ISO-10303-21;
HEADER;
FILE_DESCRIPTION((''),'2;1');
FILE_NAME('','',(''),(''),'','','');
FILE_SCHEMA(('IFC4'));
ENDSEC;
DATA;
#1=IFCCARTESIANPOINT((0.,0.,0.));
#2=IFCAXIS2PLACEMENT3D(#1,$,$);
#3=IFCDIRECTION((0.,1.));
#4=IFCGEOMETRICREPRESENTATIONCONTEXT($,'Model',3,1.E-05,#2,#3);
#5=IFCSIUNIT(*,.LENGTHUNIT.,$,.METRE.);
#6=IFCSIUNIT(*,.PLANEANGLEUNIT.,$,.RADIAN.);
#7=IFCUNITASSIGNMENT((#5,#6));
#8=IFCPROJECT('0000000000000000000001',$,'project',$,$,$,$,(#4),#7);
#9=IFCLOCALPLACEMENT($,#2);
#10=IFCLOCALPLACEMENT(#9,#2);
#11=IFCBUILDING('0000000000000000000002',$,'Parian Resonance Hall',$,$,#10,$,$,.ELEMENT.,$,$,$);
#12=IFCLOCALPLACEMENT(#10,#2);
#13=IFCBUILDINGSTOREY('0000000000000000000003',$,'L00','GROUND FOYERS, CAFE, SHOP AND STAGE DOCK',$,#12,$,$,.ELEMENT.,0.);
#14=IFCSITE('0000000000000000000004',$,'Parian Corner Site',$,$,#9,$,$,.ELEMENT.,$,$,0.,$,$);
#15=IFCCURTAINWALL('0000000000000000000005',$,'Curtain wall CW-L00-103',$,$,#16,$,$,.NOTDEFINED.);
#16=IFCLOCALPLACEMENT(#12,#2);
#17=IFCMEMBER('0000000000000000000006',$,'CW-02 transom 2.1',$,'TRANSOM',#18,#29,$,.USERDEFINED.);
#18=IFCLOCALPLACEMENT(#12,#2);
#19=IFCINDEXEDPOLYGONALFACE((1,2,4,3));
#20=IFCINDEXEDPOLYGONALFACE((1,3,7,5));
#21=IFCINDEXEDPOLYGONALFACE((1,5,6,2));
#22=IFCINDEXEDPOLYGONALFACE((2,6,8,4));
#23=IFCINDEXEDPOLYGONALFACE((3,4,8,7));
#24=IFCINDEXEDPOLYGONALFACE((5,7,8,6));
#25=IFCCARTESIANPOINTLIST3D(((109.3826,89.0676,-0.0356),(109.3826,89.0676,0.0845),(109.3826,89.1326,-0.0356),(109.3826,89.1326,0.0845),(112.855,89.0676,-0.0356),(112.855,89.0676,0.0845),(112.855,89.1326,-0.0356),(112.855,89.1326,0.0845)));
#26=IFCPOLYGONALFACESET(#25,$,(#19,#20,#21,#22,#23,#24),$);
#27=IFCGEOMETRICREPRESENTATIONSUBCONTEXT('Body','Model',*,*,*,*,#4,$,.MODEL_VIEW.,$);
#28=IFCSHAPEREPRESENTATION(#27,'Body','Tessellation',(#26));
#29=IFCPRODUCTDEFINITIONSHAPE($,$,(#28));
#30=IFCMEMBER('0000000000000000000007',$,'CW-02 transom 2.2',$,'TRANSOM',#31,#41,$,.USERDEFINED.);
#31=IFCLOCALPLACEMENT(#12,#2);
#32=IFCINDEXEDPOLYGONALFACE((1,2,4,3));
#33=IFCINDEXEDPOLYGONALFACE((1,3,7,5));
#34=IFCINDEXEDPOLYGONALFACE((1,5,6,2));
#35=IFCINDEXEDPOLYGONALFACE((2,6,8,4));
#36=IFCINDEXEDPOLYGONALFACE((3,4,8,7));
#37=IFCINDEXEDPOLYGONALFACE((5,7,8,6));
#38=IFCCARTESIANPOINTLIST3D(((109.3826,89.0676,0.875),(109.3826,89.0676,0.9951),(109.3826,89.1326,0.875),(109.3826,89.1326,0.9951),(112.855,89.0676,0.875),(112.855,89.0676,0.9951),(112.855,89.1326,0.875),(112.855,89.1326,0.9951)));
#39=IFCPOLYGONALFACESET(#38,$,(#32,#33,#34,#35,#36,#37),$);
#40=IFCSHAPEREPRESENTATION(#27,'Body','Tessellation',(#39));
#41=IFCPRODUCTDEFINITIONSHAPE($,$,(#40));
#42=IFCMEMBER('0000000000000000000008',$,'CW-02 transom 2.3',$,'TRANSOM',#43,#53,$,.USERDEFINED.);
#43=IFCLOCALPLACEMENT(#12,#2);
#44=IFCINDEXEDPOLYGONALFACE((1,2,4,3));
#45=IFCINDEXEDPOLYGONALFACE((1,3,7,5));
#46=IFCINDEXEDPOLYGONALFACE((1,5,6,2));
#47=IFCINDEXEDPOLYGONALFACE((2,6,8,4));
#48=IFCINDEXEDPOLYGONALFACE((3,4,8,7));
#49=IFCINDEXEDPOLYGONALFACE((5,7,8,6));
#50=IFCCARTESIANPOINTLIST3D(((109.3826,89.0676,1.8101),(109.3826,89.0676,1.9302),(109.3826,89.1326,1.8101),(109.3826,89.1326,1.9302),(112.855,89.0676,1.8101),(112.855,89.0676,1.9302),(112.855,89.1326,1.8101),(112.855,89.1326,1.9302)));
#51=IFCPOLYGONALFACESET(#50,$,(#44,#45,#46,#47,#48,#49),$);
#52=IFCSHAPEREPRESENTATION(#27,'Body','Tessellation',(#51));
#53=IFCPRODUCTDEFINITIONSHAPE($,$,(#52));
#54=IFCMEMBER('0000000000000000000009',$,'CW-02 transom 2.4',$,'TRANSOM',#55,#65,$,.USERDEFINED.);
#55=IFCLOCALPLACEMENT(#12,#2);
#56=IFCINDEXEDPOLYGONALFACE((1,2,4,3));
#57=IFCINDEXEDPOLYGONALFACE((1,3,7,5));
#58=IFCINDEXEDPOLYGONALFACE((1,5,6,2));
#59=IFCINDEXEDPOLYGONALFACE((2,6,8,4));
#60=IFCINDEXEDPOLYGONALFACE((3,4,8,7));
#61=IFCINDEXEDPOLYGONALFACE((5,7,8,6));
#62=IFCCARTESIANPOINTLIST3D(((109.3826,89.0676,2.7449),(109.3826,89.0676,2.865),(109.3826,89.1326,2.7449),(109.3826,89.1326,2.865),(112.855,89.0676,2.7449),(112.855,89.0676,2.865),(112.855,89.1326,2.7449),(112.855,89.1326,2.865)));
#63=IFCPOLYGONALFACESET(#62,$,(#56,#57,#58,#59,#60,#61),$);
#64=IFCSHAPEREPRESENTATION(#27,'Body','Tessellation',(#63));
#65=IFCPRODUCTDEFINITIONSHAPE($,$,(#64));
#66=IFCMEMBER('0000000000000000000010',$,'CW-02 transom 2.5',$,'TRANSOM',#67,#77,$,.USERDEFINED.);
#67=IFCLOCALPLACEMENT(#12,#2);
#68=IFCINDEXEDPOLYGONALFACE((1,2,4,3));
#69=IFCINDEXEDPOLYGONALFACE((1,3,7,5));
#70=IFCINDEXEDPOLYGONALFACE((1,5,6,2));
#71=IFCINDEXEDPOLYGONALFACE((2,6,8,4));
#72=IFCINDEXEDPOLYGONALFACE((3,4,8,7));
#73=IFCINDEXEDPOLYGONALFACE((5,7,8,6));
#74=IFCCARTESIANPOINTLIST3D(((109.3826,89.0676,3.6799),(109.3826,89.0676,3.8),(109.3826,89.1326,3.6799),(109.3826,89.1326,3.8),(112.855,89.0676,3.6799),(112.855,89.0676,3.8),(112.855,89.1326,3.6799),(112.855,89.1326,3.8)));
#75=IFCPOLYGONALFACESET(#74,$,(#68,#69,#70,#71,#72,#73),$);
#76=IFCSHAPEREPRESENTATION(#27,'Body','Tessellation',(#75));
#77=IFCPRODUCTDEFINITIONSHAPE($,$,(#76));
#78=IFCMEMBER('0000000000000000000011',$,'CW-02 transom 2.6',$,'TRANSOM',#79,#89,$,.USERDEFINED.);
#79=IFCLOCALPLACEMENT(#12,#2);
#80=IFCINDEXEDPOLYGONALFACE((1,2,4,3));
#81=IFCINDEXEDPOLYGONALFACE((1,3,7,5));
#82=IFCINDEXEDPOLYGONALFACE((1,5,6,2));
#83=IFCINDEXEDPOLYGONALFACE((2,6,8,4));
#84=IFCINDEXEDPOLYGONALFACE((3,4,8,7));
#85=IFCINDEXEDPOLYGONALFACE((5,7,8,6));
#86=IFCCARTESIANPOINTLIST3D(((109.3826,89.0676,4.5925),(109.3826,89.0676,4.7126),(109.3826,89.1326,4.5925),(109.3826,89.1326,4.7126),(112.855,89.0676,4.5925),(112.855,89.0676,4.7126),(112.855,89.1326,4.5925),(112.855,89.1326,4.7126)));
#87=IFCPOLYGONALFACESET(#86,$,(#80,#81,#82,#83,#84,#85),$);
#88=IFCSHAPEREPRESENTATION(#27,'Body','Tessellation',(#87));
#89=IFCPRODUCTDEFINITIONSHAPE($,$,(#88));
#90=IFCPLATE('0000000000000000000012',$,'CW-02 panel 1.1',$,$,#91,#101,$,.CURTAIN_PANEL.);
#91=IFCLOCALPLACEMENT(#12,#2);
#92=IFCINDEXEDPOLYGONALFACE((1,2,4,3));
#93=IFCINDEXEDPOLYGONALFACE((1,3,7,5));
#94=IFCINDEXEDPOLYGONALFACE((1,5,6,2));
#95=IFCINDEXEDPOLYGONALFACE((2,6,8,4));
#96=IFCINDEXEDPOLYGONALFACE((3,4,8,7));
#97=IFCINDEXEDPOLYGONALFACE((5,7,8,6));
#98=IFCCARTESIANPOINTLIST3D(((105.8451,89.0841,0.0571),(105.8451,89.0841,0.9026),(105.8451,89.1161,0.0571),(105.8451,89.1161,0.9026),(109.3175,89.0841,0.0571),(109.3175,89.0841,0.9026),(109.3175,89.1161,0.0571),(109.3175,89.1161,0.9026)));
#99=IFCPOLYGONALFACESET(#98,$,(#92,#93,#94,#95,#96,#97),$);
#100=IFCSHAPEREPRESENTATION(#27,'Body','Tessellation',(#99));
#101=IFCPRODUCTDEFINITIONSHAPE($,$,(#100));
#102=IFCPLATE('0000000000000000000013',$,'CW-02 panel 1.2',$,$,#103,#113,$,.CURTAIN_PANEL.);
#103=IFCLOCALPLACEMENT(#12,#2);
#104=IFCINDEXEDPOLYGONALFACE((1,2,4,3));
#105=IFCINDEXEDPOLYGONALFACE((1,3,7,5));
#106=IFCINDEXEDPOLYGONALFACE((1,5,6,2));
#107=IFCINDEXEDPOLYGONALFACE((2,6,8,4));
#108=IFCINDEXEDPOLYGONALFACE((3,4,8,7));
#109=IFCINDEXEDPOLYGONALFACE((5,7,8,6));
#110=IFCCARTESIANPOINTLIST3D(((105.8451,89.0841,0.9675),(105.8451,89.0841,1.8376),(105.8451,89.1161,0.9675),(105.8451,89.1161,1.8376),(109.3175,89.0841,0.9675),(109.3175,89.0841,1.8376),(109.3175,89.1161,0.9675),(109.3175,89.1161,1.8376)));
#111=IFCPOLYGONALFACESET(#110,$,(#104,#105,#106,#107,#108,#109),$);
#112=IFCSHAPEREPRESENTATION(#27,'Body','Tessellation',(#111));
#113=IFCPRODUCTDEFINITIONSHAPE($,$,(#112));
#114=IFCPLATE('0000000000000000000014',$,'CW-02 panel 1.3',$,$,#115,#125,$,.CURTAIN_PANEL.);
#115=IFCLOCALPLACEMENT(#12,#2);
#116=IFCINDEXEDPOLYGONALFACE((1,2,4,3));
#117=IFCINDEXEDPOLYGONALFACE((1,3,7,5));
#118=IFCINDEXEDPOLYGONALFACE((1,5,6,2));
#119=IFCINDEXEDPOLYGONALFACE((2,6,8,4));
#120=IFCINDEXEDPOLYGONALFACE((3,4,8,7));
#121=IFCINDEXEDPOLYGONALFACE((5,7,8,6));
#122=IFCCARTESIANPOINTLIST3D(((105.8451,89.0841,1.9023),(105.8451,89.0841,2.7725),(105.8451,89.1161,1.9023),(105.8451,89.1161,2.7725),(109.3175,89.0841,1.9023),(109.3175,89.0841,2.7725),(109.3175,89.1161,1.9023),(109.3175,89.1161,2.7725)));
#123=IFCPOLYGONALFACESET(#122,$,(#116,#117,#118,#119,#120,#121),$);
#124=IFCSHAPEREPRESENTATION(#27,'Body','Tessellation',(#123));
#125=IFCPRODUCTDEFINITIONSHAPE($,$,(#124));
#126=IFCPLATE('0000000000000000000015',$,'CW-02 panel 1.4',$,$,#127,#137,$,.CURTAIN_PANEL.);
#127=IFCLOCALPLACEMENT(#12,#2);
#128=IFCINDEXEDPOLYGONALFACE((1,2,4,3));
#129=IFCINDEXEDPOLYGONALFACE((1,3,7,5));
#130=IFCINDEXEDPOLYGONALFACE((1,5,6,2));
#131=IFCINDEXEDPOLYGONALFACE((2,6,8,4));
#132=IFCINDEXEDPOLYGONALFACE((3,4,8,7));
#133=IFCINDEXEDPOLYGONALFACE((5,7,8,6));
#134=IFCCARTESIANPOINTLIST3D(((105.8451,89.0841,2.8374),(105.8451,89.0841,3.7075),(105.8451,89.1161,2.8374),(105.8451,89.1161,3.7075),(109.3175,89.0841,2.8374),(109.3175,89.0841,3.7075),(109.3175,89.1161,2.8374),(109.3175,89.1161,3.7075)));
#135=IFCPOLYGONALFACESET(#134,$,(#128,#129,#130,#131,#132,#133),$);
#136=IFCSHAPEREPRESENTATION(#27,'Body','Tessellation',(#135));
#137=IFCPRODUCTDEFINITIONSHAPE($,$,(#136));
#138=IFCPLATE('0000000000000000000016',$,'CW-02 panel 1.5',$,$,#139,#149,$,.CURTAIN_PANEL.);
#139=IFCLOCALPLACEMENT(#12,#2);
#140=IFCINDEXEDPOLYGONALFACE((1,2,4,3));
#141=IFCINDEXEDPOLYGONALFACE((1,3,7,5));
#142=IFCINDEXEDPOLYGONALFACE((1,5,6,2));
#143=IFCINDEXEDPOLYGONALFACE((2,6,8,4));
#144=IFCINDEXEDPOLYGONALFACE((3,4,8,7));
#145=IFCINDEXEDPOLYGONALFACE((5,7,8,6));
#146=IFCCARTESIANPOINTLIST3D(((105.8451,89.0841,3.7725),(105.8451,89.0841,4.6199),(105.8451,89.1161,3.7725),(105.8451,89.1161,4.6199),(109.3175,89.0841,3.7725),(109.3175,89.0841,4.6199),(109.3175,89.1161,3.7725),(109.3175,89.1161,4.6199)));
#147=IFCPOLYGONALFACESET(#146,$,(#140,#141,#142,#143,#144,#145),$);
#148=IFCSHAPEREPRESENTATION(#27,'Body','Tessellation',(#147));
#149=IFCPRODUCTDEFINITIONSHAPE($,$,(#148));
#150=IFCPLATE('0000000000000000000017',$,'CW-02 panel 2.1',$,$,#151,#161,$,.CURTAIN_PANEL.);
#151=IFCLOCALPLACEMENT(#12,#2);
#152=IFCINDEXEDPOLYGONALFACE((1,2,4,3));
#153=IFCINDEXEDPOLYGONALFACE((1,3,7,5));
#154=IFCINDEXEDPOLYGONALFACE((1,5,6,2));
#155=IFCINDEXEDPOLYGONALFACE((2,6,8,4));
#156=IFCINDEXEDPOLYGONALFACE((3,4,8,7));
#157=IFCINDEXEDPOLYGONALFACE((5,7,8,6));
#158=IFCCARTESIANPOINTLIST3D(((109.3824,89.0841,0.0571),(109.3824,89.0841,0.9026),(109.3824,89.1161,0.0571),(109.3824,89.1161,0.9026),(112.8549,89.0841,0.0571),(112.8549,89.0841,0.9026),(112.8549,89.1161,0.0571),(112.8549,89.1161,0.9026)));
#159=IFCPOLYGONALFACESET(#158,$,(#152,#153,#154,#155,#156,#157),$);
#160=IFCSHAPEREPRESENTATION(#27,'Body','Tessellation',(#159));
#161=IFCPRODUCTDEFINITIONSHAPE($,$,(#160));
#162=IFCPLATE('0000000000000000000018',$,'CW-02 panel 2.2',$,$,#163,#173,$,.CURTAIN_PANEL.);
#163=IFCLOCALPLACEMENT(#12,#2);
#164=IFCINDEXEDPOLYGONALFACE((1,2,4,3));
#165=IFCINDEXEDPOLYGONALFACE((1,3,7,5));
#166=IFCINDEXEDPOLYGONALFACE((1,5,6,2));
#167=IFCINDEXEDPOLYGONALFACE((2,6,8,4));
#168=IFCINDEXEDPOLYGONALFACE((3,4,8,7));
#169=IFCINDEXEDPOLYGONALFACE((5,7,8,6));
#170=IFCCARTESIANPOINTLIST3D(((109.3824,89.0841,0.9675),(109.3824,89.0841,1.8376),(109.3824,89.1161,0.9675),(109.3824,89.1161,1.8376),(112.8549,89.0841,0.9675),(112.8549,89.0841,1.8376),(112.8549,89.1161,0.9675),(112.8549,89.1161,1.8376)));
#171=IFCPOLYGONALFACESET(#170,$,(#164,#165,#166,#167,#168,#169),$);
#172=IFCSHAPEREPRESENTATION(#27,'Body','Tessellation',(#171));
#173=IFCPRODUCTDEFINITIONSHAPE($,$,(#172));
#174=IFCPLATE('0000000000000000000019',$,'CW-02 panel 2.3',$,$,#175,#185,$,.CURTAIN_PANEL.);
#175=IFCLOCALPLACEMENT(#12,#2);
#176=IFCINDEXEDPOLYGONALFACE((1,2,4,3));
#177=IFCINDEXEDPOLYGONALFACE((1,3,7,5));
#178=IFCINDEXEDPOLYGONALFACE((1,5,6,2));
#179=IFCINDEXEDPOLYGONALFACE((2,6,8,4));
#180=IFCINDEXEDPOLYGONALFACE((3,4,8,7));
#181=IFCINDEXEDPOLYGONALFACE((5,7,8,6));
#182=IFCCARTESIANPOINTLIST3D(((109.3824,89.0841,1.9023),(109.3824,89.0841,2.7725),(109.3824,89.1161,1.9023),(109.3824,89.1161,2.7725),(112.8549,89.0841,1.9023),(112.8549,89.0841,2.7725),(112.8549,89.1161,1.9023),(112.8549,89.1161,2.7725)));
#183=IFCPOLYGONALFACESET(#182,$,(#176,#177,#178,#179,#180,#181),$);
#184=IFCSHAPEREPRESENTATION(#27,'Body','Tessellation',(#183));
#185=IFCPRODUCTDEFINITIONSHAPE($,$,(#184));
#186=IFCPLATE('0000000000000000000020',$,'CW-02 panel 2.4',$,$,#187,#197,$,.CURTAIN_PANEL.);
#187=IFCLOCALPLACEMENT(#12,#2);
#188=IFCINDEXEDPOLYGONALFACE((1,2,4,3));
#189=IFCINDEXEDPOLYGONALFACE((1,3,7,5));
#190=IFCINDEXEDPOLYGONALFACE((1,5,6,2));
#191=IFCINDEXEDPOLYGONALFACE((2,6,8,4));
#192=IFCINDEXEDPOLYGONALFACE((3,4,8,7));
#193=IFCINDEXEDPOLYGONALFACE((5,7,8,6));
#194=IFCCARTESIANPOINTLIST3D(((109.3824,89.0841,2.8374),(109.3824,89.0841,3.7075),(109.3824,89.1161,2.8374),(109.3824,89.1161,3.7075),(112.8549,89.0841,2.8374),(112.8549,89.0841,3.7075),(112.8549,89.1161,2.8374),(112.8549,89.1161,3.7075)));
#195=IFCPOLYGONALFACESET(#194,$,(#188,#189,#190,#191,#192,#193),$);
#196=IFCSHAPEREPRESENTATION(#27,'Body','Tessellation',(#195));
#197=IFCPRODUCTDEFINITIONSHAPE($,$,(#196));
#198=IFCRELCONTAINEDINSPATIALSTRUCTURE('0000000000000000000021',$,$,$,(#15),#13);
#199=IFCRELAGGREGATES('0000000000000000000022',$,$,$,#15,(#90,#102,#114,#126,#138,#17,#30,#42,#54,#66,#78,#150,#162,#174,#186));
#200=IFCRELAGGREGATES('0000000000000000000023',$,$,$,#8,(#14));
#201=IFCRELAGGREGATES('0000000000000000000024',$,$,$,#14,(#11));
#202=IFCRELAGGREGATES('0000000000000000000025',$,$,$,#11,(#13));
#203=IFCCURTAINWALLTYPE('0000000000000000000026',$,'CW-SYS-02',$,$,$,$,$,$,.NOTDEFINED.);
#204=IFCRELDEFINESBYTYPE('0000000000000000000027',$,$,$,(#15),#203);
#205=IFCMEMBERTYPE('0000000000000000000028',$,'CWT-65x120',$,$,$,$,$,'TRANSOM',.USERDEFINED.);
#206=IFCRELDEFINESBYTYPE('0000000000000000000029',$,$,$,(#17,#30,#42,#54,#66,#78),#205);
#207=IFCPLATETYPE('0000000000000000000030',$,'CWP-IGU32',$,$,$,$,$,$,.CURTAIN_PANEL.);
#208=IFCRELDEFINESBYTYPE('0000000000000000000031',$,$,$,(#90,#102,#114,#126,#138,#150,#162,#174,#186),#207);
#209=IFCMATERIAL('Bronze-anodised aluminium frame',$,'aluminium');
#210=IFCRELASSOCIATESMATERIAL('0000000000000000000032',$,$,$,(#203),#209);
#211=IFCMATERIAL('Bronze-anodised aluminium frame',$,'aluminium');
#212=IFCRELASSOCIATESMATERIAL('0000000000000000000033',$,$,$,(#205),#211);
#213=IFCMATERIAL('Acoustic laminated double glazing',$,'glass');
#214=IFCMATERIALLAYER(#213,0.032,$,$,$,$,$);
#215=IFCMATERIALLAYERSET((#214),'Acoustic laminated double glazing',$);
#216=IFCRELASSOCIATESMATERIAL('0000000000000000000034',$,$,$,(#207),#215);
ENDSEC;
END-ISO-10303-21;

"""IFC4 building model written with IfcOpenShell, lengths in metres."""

from ifc_helpers import new_model, si_unit, direction, frame, origin, origin_2d, place, context, subcontext, project, spatial, rectangle, extrude, material, layer, layer_set, material_profile, profile_set, type_object, element, aggregate, save


model = new_model("IFC4")

# Units and contexts
model_context = context("Model", 3, precision=1e-05, world=origin(), true_north=direction((0.0, 1.0)))
body_context = subcontext(model_context, "Body", "Model", "MODEL_VIEW")
ifc_project = project(units=[si_unit("LENGTHUNIT", "METRE"), si_unit("PLANEANGLEUNIT", "RADIAN")], contexts=[model_context])

# Site, building, storey
site_placement = place(None, origin())
site = spatial("IfcSite", under=ifc_project, at=site_placement, Name="Parian Corner Site", CompositionType="ELEMENT", RefElevation=0.0)
building_placement = place(site_placement, origin())
building = spatial("IfcBuilding", under=site, at=building_placement, Name="Parian Resonance Hall", CompositionType="ELEMENT")
storey_placement = place(building_placement, origin())
storey = spatial("IfcBuildingStorey", under=building, at=storey_placement, Name="L00", Description="GROUND FOYERS, CAFE, SHOP AND STAGE DOCK", CompositionType="ELEMENT", Elevation=0.0)

# Curtain wall, members, plates
ifc_material_1 = material(Name="Bronze-anodised aluminium frame", Category="aluminium")
curtain_wall_type = type_object("IfcCurtainWallType", Name="CW-SYS-02", PredefinedType="NOTDEFINED", material=ifc_material_1)
curtain_wall_placement = place(storey_placement, origin())
curtain_wall = element("IfcCurtainWall", 1, at=curtain_wall_placement, inside=storey, type_object=curtain_wall_type, Name="Curtain wall CW-L00-103", PredefinedType="NOTDEFINED")
ifc_material_2 = material(Name="Bronze-anodised aluminium frame", Category="aluminium")
ifc_material_profile_1 = material_profile(ifc_material_2, rectangle(XDim=0.0649, YDim=0.1201, at=origin_2d()), Name="CWT-65x120")
ifc_profile_set_1 = profile_set([ifc_material_profile_1], Name="Bronze-anodised aluminium frame")
member_type_1 = type_object("IfcMemberType", Name="CWT-65x120", ElementType="TRANSOM", PredefinedType="USERDEFINED", material=ifc_profile_set_1)
member_1_placement = place(storey_placement, frame((109.3826, 89.1001, 0.0244), z_axis=(1.0, 0.0, 0.0), x_axis=(0.0, 1.0, 0.0)))
member_1 = element("IfcMember", 2, at=member_1_placement, type_object=member_type_1, Name="CW-02 transom 2.1", ObjectType="TRANSOM", PredefinedType="USERDEFINED", context=body_context, shape_type="SweptSolid", body=[
    extrude(rectangle(XDim=0.0649, YDim=0.1201, at=origin_2d()), origin(), (0.0, 0.0, 1.0), 3.4724),
])
member_2_placement = place(storey_placement, frame((109.3826, 89.1001, 0.9351), z_axis=(1.0, 0.0, 0.0), x_axis=(0.0, 1.0, 0.0)))
member_2 = element("IfcMember", 3, at=member_2_placement, type_object=member_type_1, Name="CW-02 transom 2.2", ObjectType="TRANSOM", PredefinedType="USERDEFINED", context=body_context, shape_type="SweptSolid", body=[
    extrude(rectangle(XDim=0.0649, YDim=0.1201, at=origin_2d()), origin(), (0.0, 0.0, 1.0), 3.4724),
])
member_3_placement = place(storey_placement, frame((109.3826, 89.1001, 1.8701), z_axis=(1.0, 0.0, 0.0), x_axis=(0.0, 1.0, 0.0)))
member_3 = element("IfcMember", 4, at=member_3_placement, type_object=member_type_1, Name="CW-02 transom 2.3", ObjectType="TRANSOM", PredefinedType="USERDEFINED", context=body_context, shape_type="SweptSolid", body=[
    extrude(rectangle(XDim=0.0649, YDim=0.1201, at=origin_2d()), origin(), (0.0, 0.0, 1.0), 3.4724),
])
member_4_placement = place(storey_placement, frame((109.3826, 89.1001, 2.8049), z_axis=(1.0, 0.0, 0.0), x_axis=(0.0, 1.0, 0.0)))
member_4 = element("IfcMember", 5, at=member_4_placement, type_object=member_type_1, Name="CW-02 transom 2.4", ObjectType="TRANSOM", PredefinedType="USERDEFINED", context=body_context, shape_type="SweptSolid", body=[
    extrude(rectangle(XDim=0.0649, YDim=0.1201, at=origin_2d()), origin(), (0.0, 0.0, 1.0), 3.4724),
])
member_5_placement = place(storey_placement, frame((109.3826, 89.1001, 3.74), z_axis=(1.0, 0.0, 0.0), x_axis=(0.0, 1.0, 0.0)))
member_5 = element("IfcMember", 6, at=member_5_placement, type_object=member_type_1, Name="CW-02 transom 2.5", ObjectType="TRANSOM", PredefinedType="USERDEFINED", context=body_context, shape_type="SweptSolid", body=[
    extrude(rectangle(XDim=0.0649, YDim=0.1201, at=origin_2d()), origin(), (0.0, 0.0, 1.0), 3.4724),
])
member_6_placement = place(storey_placement, frame((109.3826, 89.1001, 4.6526), z_axis=(1.0, 0.0, 0.0), x_axis=(0.0, 1.0, 0.0)))
member_6 = element("IfcMember", 7, at=member_6_placement, type_object=member_type_1, Name="CW-02 transom 2.6", ObjectType="TRANSOM", PredefinedType="USERDEFINED", context=body_context, shape_type="SweptSolid", body=[
    extrude(rectangle(XDim=0.0649, YDim=0.1201, at=origin_2d()), origin(), (0.0, 0.0, 1.0), 3.4724),
])
ifc_material_3 = material(Name="Acoustic laminated double glazing", Category="glass")
ifc_layer_1 = layer(ifc_material_3, 0.032)
ifc_layer_set_1 = layer_set([ifc_layer_1], Name="Acoustic laminated double glazing")
plate_type = type_object("IfcPlateType", Name="CWP-IGU32", PredefinedType="CURTAIN_PANEL", material=ifc_layer_set_1)
plate_1_placement = place(storey_placement, frame((107.5813, 89.1001, 0.0571), z_axis=(0.0, 0.0, 1.0), x_axis=(1.0, 0.0, 0.0)))
plate_1 = element("IfcPlate", 8, at=plate_1_placement, type_object=plate_type, Name="CW-02 panel 1.1", PredefinedType="CURTAIN_PANEL", context=body_context, shape_type="SweptSolid", body=[
    extrude(rectangle(XDim=3.4724, YDim=0.032, at=origin_2d()), origin(), (0.0, 0.0, 1.0), 0.8455),
])
plate_2_placement = place(storey_placement, frame((107.5813, 89.1001, 0.9675), z_axis=(0.0, 0.0, 1.0), x_axis=(1.0, 0.0, 0.0)))
plate_2 = element("IfcPlate", 9, at=plate_2_placement, type_object=plate_type, Name="CW-02 panel 1.2", PredefinedType="CURTAIN_PANEL", context=body_context, shape_type="SweptSolid", body=[
    extrude(rectangle(XDim=3.4724, YDim=0.032, at=origin_2d()), origin(), (0.0, 0.0, 1.0), 0.8701),
])
plate_3_placement = place(storey_placement, frame((107.5813, 89.1001, 1.9023), z_axis=(0.0, 0.0, 1.0), x_axis=(1.0, 0.0, 0.0)))
plate_3 = element("IfcPlate", 10, at=plate_3_placement, type_object=plate_type, Name="CW-02 panel 1.3", PredefinedType="CURTAIN_PANEL", context=body_context, shape_type="SweptSolid", body=[
    extrude(rectangle(XDim=3.4724, YDim=0.032, at=origin_2d()), origin(), (0.0, 0.0, 1.0), 0.8701),
])
plate_4_placement = place(storey_placement, frame((107.5813, 89.1001, 2.8374), z_axis=(0.0, 0.0, 1.0), x_axis=(1.0, 0.0, 0.0)))
plate_4 = element("IfcPlate", 11, at=plate_4_placement, type_object=plate_type, Name="CW-02 panel 1.4", PredefinedType="CURTAIN_PANEL", context=body_context, shape_type="SweptSolid", body=[
    extrude(rectangle(XDim=3.4724, YDim=0.032, at=origin_2d()), origin(), (0.0, 0.0, 1.0), 0.8701),
])
plate_5_placement = place(storey_placement, frame((107.5813, 89.1001, 3.7725), z_axis=(0.0, 0.0, 1.0), x_axis=(1.0, 0.0, 0.0)))
plate_5 = element("IfcPlate", 12, at=plate_5_placement, type_object=plate_type, Name="CW-02 panel 1.5", PredefinedType="CURTAIN_PANEL", context=body_context, shape_type="SweptSolid", body=[
    extrude(rectangle(XDim=3.4724, YDim=0.032, at=origin_2d()), origin(), (0.0, 0.0, 1.0), 0.8474),
])
plate_6_placement = place(storey_placement, frame((111.1187, 89.1001, 0.0571), z_axis=(0.0, 0.0, 1.0), x_axis=(1.0, 0.0, 0.0)))
plate_6 = element("IfcPlate", 13, at=plate_6_placement, type_object=plate_type, Name="CW-02 panel 2.1", PredefinedType="CURTAIN_PANEL", context=body_context, shape_type="SweptSolid", body=[
    extrude(rectangle(XDim=3.4724, YDim=0.032, at=origin_2d()), origin(), (0.0, 0.0, 1.0), 0.8455),
])
plate_7_placement = place(storey_placement, frame((111.1187, 89.1001, 0.9675), z_axis=(0.0, 0.0, 1.0), x_axis=(1.0, 0.0, 0.0)))
plate_7 = element("IfcPlate", 14, at=plate_7_placement, type_object=plate_type, Name="CW-02 panel 2.2", PredefinedType="CURTAIN_PANEL", context=body_context, shape_type="SweptSolid", body=[
    extrude(rectangle(XDim=3.4724, YDim=0.032, at=origin_2d()), origin(), (0.0, 0.0, 1.0), 0.8701),
])
plate_8_placement = place(storey_placement, frame((111.1187, 89.1001, 1.9023), z_axis=(0.0, 0.0, 1.0), x_axis=(1.0, 0.0, 0.0)))
plate_8 = element("IfcPlate", 15, at=plate_8_placement, type_object=plate_type, Name="CW-02 panel 2.3", PredefinedType="CURTAIN_PANEL", context=body_context, shape_type="SweptSolid", body=[
    extrude(rectangle(XDim=3.4724, YDim=0.032, at=origin_2d()), origin(), (0.0, 0.0, 1.0), 0.8701),
])
plate_9_placement = place(storey_placement, frame((111.1187, 89.1001, 2.8374), z_axis=(0.0, 0.0, 1.0), x_axis=(1.0, 0.0, 0.0)))
plate_9 = element("IfcPlate", 16, at=plate_9_placement, type_object=plate_type, Name="CW-02 panel 2.4", PredefinedType="CURTAIN_PANEL", context=body_context, shape_type="SweptSolid", body=[
    extrude(rectangle(XDim=3.4724, YDim=0.032, at=origin_2d()), origin(), (0.0, 0.0, 1.0), 0.8701),
])
aggregate(curtain_wall, [plate_1, plate_2, plate_3, plate_4, plate_5, member_1, member_2, member_3, member_4, member_5, member_6, plate_6, plate_7, plate_8, plate_9])

save(model, "model.ifc")
